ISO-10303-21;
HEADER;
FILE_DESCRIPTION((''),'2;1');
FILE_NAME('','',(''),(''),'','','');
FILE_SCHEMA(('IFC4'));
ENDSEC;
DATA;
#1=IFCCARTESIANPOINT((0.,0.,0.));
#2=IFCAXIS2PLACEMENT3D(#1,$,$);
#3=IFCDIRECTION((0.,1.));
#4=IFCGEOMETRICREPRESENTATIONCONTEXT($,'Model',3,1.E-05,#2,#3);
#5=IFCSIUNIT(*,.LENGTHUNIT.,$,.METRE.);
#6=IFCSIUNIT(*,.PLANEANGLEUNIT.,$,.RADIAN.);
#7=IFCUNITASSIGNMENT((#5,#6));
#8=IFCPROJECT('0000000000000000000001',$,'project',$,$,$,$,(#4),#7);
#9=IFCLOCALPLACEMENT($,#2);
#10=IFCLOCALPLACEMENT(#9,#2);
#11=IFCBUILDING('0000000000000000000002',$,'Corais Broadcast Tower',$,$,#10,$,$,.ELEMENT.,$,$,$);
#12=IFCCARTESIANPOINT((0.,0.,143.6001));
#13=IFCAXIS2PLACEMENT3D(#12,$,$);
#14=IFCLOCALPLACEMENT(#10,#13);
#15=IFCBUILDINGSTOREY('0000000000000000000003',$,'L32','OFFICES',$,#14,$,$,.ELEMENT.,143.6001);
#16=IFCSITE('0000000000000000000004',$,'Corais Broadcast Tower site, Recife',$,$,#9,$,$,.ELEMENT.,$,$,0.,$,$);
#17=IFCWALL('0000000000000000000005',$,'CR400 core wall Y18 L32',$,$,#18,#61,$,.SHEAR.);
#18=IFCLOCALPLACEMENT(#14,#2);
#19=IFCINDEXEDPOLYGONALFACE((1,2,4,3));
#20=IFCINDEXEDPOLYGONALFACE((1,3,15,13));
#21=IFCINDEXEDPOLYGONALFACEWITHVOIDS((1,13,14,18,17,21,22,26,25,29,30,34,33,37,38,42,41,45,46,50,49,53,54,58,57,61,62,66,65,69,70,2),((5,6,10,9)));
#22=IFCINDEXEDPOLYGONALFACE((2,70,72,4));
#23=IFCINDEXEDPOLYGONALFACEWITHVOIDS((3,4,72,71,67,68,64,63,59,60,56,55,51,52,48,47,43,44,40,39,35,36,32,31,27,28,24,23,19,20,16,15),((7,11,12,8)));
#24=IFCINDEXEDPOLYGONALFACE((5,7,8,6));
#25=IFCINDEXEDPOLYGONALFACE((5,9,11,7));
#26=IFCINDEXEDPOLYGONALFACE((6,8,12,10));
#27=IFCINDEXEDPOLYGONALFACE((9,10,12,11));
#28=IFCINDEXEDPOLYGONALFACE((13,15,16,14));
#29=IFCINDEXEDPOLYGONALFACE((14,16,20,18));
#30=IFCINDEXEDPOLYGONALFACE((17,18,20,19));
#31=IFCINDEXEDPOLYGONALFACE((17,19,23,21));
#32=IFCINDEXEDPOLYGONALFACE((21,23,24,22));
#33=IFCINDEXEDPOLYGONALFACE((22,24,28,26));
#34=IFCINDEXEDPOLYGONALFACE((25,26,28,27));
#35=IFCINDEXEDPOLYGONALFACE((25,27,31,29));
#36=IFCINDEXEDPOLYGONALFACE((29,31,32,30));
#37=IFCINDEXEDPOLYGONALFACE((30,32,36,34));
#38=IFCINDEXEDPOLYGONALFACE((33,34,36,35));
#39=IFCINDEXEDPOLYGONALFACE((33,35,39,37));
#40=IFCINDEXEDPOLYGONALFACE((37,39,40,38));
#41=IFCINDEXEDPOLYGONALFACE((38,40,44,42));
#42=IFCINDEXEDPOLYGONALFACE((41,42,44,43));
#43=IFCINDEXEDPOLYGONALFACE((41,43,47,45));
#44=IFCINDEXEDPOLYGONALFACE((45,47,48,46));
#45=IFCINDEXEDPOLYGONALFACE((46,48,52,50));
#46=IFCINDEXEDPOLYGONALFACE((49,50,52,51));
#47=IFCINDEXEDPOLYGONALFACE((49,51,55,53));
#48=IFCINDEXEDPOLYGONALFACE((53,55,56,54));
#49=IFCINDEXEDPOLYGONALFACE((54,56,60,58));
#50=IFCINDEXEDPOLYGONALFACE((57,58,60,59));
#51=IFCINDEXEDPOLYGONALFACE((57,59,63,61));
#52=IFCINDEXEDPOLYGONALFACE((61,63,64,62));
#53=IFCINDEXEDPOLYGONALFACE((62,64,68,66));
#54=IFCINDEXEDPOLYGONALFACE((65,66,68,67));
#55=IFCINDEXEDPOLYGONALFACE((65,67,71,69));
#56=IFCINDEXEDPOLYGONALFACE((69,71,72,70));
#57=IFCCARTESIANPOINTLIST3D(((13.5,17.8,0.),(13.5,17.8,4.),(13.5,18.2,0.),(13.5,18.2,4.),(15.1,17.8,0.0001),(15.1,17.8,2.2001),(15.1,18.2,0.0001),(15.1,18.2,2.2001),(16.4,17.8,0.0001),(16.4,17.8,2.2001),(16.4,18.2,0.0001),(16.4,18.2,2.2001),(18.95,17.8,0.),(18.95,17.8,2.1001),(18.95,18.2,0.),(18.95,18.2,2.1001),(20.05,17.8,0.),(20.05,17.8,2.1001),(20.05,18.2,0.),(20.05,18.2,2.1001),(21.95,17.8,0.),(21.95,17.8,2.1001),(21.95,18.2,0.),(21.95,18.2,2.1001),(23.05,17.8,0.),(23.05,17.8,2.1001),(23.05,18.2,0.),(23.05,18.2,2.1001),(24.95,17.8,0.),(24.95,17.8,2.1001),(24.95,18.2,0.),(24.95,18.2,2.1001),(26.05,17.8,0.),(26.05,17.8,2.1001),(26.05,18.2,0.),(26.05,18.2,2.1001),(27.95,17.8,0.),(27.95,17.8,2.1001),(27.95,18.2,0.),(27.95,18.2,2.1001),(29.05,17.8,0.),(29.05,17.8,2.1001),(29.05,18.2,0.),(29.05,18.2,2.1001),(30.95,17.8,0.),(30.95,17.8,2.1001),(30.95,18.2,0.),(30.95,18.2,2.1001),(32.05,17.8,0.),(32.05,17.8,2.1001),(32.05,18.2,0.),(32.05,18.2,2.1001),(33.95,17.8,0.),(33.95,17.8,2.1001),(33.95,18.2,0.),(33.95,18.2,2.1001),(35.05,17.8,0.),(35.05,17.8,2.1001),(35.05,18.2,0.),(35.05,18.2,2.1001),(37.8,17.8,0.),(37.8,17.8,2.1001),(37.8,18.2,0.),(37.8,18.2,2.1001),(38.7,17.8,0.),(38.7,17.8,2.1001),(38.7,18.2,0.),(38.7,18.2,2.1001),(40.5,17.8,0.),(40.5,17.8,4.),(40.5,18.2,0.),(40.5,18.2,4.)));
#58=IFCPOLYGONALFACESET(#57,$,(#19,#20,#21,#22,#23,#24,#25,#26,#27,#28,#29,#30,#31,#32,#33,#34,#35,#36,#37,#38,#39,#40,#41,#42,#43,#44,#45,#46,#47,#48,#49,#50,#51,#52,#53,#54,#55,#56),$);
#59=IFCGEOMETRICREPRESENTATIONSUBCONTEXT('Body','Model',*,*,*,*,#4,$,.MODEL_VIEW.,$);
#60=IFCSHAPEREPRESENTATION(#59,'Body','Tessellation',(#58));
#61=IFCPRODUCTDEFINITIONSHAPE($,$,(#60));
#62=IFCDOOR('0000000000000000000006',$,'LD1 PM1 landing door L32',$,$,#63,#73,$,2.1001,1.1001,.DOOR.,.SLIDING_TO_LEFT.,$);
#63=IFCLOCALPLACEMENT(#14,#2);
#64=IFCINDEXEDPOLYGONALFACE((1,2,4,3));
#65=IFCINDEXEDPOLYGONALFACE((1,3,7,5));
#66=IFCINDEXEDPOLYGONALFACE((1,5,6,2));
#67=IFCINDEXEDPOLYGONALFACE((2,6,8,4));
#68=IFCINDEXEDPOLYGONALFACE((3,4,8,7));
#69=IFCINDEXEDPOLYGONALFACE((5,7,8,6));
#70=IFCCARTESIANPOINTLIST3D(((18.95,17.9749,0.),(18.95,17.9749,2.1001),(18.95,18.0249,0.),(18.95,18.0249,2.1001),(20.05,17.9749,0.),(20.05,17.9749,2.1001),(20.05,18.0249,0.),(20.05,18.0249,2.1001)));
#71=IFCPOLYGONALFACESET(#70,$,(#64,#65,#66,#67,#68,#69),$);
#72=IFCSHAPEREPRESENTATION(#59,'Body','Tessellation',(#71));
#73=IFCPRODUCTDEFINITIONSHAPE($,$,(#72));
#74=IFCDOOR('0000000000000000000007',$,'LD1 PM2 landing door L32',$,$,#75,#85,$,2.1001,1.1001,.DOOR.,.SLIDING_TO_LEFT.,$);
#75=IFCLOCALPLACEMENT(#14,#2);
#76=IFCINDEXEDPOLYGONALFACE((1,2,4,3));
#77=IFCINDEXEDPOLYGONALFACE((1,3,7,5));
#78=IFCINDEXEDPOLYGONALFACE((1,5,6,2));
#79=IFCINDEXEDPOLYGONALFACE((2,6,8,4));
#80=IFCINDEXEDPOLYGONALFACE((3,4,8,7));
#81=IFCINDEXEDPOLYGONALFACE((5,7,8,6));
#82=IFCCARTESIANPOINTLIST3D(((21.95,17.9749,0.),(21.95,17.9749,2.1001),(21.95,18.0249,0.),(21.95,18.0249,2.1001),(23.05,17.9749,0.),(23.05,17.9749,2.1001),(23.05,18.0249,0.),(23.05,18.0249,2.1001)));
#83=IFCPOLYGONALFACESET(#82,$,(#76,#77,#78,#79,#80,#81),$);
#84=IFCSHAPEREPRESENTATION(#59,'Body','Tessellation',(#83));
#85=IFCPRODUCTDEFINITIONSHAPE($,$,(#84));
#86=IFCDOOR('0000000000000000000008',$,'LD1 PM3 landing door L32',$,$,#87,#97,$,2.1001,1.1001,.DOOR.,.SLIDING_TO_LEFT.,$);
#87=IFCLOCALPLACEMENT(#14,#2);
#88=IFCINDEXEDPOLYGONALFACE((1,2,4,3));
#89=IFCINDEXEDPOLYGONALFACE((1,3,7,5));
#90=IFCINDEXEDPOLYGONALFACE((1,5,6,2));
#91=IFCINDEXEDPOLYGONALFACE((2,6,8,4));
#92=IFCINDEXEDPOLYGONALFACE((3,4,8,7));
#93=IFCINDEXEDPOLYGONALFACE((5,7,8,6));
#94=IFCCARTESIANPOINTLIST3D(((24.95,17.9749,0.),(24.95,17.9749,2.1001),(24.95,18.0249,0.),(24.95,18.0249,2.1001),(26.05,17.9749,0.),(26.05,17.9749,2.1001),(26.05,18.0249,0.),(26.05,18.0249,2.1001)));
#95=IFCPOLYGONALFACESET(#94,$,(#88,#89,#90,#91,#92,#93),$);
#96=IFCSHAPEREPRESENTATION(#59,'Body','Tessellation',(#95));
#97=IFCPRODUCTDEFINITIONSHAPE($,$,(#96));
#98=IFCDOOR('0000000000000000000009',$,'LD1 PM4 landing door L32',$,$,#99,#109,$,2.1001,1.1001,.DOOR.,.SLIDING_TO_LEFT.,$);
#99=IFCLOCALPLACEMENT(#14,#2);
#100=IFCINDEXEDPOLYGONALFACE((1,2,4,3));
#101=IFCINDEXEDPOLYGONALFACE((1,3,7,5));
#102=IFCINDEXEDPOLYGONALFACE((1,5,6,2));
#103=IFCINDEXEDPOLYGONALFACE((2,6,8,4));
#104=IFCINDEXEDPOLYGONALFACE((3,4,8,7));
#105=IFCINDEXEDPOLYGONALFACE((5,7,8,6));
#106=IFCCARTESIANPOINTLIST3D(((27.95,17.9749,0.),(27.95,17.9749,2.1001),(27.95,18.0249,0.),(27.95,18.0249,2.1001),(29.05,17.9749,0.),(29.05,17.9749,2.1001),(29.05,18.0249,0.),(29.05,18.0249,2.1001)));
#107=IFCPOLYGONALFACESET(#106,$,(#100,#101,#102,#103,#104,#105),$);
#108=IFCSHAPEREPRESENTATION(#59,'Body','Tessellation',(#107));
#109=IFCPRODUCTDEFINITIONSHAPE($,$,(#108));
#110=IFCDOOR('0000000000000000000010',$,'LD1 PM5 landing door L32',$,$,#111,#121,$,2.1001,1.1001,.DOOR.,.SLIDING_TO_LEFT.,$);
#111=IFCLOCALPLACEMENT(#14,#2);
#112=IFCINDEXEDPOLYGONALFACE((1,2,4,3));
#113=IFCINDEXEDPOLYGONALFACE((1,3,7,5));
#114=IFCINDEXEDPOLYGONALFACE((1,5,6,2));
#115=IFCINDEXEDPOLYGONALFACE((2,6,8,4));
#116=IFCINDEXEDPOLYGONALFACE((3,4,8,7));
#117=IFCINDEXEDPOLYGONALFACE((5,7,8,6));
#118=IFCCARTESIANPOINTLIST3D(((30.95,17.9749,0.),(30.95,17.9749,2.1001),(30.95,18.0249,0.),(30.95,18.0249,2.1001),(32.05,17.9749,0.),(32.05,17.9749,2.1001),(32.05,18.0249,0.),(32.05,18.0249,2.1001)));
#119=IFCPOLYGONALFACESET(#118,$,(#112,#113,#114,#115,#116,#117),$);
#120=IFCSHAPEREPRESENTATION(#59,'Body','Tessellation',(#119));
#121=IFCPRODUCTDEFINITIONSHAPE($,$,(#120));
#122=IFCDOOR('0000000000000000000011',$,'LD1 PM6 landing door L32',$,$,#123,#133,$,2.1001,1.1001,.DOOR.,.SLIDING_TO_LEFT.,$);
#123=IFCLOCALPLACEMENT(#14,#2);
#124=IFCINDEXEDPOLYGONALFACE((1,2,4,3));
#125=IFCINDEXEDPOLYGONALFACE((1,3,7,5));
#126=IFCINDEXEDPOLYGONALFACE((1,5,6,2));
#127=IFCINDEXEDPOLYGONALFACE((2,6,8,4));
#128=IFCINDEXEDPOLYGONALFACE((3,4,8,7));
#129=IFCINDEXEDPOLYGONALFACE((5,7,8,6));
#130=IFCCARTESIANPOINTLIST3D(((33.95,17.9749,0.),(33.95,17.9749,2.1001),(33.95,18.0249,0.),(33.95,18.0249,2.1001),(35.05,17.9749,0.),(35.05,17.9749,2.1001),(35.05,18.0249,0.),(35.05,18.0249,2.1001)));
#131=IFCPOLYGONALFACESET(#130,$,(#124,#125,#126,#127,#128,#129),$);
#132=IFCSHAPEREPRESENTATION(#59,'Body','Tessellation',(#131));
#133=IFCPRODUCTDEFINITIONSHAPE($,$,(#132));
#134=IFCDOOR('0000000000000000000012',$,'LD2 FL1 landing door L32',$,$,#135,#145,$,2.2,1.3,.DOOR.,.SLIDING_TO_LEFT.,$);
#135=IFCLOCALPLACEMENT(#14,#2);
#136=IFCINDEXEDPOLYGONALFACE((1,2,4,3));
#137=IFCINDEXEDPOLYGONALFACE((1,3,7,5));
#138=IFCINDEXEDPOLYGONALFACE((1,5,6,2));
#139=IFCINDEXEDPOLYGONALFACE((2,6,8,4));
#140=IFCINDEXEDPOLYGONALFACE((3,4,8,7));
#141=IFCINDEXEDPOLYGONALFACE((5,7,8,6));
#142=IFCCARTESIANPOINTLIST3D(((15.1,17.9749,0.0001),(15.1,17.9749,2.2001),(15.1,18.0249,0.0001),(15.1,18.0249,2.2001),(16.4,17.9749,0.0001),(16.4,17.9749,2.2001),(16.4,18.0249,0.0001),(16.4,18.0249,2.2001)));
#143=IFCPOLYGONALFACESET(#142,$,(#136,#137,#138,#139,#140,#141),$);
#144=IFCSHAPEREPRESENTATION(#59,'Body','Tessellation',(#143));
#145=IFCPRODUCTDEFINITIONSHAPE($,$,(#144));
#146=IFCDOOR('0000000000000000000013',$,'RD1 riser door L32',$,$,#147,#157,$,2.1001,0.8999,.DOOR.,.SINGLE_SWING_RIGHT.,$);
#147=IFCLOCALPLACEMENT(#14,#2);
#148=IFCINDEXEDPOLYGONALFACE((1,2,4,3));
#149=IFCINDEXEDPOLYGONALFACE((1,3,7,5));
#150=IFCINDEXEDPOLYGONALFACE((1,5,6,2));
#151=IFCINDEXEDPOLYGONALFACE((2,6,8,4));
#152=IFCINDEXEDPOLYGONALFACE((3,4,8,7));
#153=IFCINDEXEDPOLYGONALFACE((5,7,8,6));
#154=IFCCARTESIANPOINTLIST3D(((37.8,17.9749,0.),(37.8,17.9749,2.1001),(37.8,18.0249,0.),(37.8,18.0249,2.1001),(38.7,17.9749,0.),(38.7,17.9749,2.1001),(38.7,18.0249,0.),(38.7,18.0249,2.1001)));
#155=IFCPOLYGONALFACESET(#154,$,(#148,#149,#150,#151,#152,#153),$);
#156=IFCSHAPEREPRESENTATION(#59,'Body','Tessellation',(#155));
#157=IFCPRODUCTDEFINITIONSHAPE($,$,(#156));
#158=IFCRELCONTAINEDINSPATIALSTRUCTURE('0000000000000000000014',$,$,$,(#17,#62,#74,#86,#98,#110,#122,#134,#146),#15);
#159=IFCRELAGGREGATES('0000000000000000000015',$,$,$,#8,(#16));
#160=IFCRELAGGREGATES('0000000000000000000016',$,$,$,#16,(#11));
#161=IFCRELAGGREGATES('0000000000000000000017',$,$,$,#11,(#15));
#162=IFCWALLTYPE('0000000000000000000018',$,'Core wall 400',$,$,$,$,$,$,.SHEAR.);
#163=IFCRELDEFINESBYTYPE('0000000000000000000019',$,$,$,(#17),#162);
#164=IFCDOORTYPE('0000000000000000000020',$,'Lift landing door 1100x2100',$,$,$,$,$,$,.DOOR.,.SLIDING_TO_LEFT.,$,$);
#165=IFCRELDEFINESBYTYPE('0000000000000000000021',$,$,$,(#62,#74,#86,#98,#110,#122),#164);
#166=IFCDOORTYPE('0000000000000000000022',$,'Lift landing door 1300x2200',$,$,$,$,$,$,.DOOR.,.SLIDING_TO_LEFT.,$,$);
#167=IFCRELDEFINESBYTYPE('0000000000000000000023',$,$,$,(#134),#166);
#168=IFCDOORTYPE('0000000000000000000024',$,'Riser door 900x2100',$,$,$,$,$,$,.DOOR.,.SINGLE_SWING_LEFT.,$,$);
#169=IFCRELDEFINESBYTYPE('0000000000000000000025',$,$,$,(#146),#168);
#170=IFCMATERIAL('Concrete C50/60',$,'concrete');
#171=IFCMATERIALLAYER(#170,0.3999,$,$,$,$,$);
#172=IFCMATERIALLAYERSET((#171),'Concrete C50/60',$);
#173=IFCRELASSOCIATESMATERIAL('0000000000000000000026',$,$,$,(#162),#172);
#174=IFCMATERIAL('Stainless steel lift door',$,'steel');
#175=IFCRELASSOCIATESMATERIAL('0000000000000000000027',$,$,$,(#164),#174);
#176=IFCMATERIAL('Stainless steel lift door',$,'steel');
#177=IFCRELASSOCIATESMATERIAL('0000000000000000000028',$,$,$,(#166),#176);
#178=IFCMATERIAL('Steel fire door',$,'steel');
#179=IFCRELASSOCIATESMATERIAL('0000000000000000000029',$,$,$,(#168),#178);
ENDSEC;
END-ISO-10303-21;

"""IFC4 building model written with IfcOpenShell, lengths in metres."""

from ifc_helpers import new_model, si_unit, direction, frame, frame_2d, origin, place, context, subcontext, project, spatial, rectangle, extrude, material, layer, layer_set, type_object, element, fill, save


model = new_model("IFC4")

# Units and contexts
model_context = context("Model", 3, precision=1e-05, world=origin(), true_north=direction((0.0, 1.0)))
body_context = subcontext(model_context, "Body", "Model", "MODEL_VIEW")
ifc_project = project(units=[si_unit("LENGTHUNIT", "METRE"), si_unit("PLANEANGLEUNIT", "RADIAN")], contexts=[model_context])

# Site, building, storey
site_placement = place(None, origin())
site = spatial("IfcSite", under=ifc_project, at=site_placement, Name="Corais Broadcast Tower site, Recife", CompositionType="ELEMENT", RefElevation=0.0)
building_placement = place(site_placement, origin())
building = spatial("IfcBuilding", under=site, at=building_placement, Name="Corais Broadcast Tower", CompositionType="ELEMENT")
storey_placement = place(building_placement, frame((0.0, 0.0, 143.6001)))
storey = spatial("IfcBuildingStorey", under=building, at=storey_placement, Name="L32", Description="OFFICES", CompositionType="ELEMENT", Elevation=143.6001)

# Shared definitions
ifc_material_1 = material(Name="Concrete C50/60", Category="concrete")
ifc_layer_1 = layer(ifc_material_1, 0.3999)
ifc_layer_set_1 = layer_set([ifc_layer_1], Name="Concrete C50/60")
wall_type_1 = type_object("IfcWallType", Name="Core wall 400", PredefinedType="SHEAR", material=ifc_layer_set_1)

# Wall, openings, doors
wall_1_placement = place(storey_placement, frame((13.5, 18.0, 0.0), z_axis=(0.0, 0.0, 1.0), x_axis=(1.0, 0.0, 0.0)))
wall_1 = element("IfcWall", 1, at=wall_1_placement, inside=storey, type_object=wall_type_1, Name="CR400 core wall Y18 L32", PredefinedType="SHEAR", context=body_context, shape_type="SweptSolid", body=[
    extrude(rectangle(XDim=27.0, YDim=0.3999, at=frame_2d((13.5, 0.0))), origin(), (0.0, 0.0, 1.0), 4.0),
])
opening_1_placement = place(wall_1_placement, frame((24.3, 0.0, 0.0)))
opening_1 = element("IfcOpeningElement", 2, at=opening_1_placement, cuts=wall_1, PredefinedType="OPENING", context=body_context, shape_type="SweptSolid", body=[
    extrude(rectangle(XDim=0.8999, YDim=2.1001, at=frame_2d((0.45, 1.05))), frame((0.0, 0.21, 0.0), z_axis=(0.0, -1.0, 0.0), x_axis=(1.0, 0.0, 0.0)), (0.0, 0.0, 1.0), 0.4199),
])
opening_2_placement = place(wall_1_placement, frame((5.45, 0.0, 0.0)))
opening_2 = element("IfcOpeningElement", 3, at=opening_2_placement, cuts=wall_1, PredefinedType="OPENING", context=body_context, shape_type="SweptSolid", body=[
    extrude(rectangle(XDim=1.1001, YDim=2.1001, at=frame_2d((0.55, 1.05))), frame((0.0, 0.21, 0.0), z_axis=(0.0, -1.0, 0.0), x_axis=(1.0, 0.0, 0.0)), (0.0, 0.0, 1.0), 0.4199),
])
opening_3_placement = place(wall_1_placement, frame((8.45, 0.0, 0.0)))
opening_3 = element("IfcOpeningElement", 4, at=opening_3_placement, cuts=wall_1, PredefinedType="OPENING", context=body_context, shape_type="SweptSolid", body=[
    extrude(rectangle(XDim=1.1001, YDim=2.1001, at=frame_2d((0.55, 1.05))), frame((0.0, 0.21, 0.0), z_axis=(0.0, -1.0, 0.0), x_axis=(1.0, 0.0, 0.0)), (0.0, 0.0, 1.0), 0.4199),
])
opening_4_placement = place(wall_1_placement, frame((11.45, 0.0, 0.0)))
opening_4 = element("IfcOpeningElement", 5, at=opening_4_placement, cuts=wall_1, PredefinedType="OPENING", context=body_context, shape_type="SweptSolid", body=[
    extrude(rectangle(XDim=1.1001, YDim=2.1001, at=frame_2d((0.55, 1.05))), frame((0.0, 0.21, 0.0), z_axis=(0.0, -1.0, 0.0), x_axis=(1.0, 0.0, 0.0)), (0.0, 0.0, 1.0), 0.4199),
])
opening_5_placement = place(wall_1_placement, frame((14.45, 0.0, 0.0)))
opening_5 = element("IfcOpeningElement", 6, at=opening_5_placement, cuts=wall_1, PredefinedType="OPENING", context=body_context, shape_type="SweptSolid", body=[
    extrude(rectangle(XDim=1.1001, YDim=2.1001, at=frame_2d((0.55, 1.05))), frame((0.0, 0.21, 0.0), z_axis=(0.0, -1.0, 0.0), x_axis=(1.0, 0.0, 0.0)), (0.0, 0.0, 1.0), 0.4199),
])
opening_6_placement = place(wall_1_placement, frame((17.45, 0.0, 0.0)))
opening_6 = element("IfcOpeningElement", 7, at=opening_6_placement, cuts=wall_1, PredefinedType="OPENING", context=body_context, shape_type="SweptSolid", body=[
    extrude(rectangle(XDim=1.1001, YDim=2.1001, at=frame_2d((0.55, 1.05))), frame((0.0, 0.21, 0.0), z_axis=(0.0, -1.0, 0.0), x_axis=(1.0, 0.0, 0.0)), (0.0, 0.0, 1.0), 0.4199),
])
opening_7_placement = place(wall_1_placement, frame((20.45, 0.0, 0.0)))
opening_7 = element("IfcOpeningElement", 8, at=opening_7_placement, cuts=wall_1, PredefinedType="OPENING", context=body_context, shape_type="SweptSolid", body=[
    extrude(rectangle(XDim=1.1001, YDim=2.1001, at=frame_2d((0.55, 1.05))), frame((0.0, 0.21, 0.0), z_axis=(0.0, -1.0, 0.0), x_axis=(1.0, 0.0, 0.0)), (0.0, 0.0, 1.0), 0.4199),
])
opening_8_placement = place(wall_1_placement, frame((1.6001, 0.0, 0.0)))
opening_8 = element("IfcOpeningElement", 9, at=opening_8_placement, cuts=wall_1, PredefinedType="OPENING", context=body_context, shape_type="SweptSolid", body=[
    extrude(rectangle(XDim=1.3, YDim=2.2, at=frame_2d((0.6499, 1.1001))), frame((0.0, 0.21, 0.0), z_axis=(0.0, -1.0, 0.0), x_axis=(1.0, 0.0, 0.0)), (0.0, 0.0, 1.0), 0.4199),
])
ifc_material_2 = material(Name="Stainless steel lift door", Category="steel")
door_type_1 = type_object("IfcDoorType", Name="Lift landing door 1100x2100", OperationType="SLIDING_TO_LEFT", PredefinedType="DOOR", material=ifc_material_2)
door_1_placement = place(opening_2_placement, origin())
door_1 = element("IfcDoor", 10, at=door_1_placement, inside=storey, type_object=door_type_1, Name="LD1 PM1 landing door L32", OperationType="SLIDING_TO_LEFT", OverallHeight=2.1001, OverallWidth=1.1001, PredefinedType="DOOR", context=body_context, shape_type="SweptSolid", body=[
    extrude(rectangle(XDim=1.1001, YDim=2.1001, at=frame_2d((0.55, 1.05))), frame((0.0, 0.0249, 0.0), z_axis=(0.0, -1.0, 0.0), x_axis=(1.0, 0.0, 0.0)), (0.0, 0.0, 1.0), 0.05),
])
fill(opening_2, door_1)
door_2_placement = place(opening_3_placement, origin())
door_2 = element("IfcDoor", 11, at=door_2_placement, inside=storey, type_object=door_type_1, Name="LD1 PM2 landing door L32", OperationType="SLIDING_TO_LEFT", OverallHeight=2.1001, OverallWidth=1.1001, PredefinedType="DOOR", context=body_context, shape_type="SweptSolid", body=[
    extrude(rectangle(XDim=1.1001, YDim=2.1001, at=frame_2d((0.55, 1.05))), frame((0.0, 0.0249, 0.0), z_axis=(0.0, -1.0, 0.0), x_axis=(1.0, 0.0, 0.0)), (0.0, 0.0, 1.0), 0.05),
])
fill(opening_3, door_2)
door_3_placement = place(opening_4_placement, origin())
door_3 = element("IfcDoor", 12, at=door_3_placement, inside=storey, type_object=door_type_1, Name="LD1 PM3 landing door L32", OperationType="SLIDING_TO_LEFT", OverallHeight=2.1001, OverallWidth=1.1001, PredefinedType="DOOR", context=body_context, shape_type="SweptSolid", body=[
    extrude(rectangle(XDim=1.1001, YDim=2.1001, at=frame_2d((0.55, 1.05))), frame((0.0, 0.0249, 0.0), z_axis=(0.0, -1.0, 0.0), x_axis=(1.0, 0.0, 0.0)), (0.0, 0.0, 1.0), 0.05),
])
fill(opening_4, door_3)
door_4_placement = place(opening_5_placement, origin())
door_4 = element("IfcDoor", 13, at=door_4_placement, inside=storey, type_object=door_type_1, Name="LD1 PM4 landing door L32", OperationType="SLIDING_TO_LEFT", OverallHeight=2.1001, OverallWidth=1.1001, PredefinedType="DOOR", context=body_context, shape_type="SweptSolid", body=[
    extrude(rectangle(XDim=1.1001, YDim=2.1001, at=frame_2d((0.55, 1.05))), frame((0.0, 0.0249, 0.0), z_axis=(0.0, -1.0, 0.0), x_axis=(1.0, 0.0, 0.0)), (0.0, 0.0, 1.0), 0.05),
])
fill(opening_5, door_4)
door_5_placement = place(opening_6_placement, origin())
door_5 = element("IfcDoor", 14, at=door_5_placement, inside=storey, type_object=door_type_1, Name="LD1 PM5 landing door L32", OperationType="SLIDING_TO_LEFT", OverallHeight=2.1001, OverallWidth=1.1001, PredefinedType="DOOR", context=body_context, shape_type="SweptSolid", body=[
    extrude(rectangle(XDim=1.1001, YDim=2.1001, at=frame_2d((0.55, 1.05))), frame((0.0, 0.0249, 0.0), z_axis=(0.0, -1.0, 0.0), x_axis=(1.0, 0.0, 0.0)), (0.0, 0.0, 1.0), 0.05),
])
fill(opening_6, door_5)
door_6_placement = place(opening_7_placement, origin())
door_6 = element("IfcDoor", 15, at=door_6_placement, inside=storey, type_object=door_type_1, Name="LD1 PM6 landing door L32", OperationType="SLIDING_TO_LEFT", OverallHeight=2.1001, OverallWidth=1.1001, PredefinedType="DOOR", context=body_context, shape_type="SweptSolid", body=[
    extrude(rectangle(XDim=1.1001, YDim=2.1001, at=frame_2d((0.55, 1.05))), frame((0.0, 0.0249, 0.0), z_axis=(0.0, -1.0, 0.0), x_axis=(1.0, 0.0, 0.0)), (0.0, 0.0, 1.0), 0.05),
])
fill(opening_7, door_6)
ifc_material_3 = material(Name="Stainless steel lift door", Category="steel")
door_type_2 = type_object("IfcDoorType", Name="Lift landing door 1300x2200", OperationType="SLIDING_TO_LEFT", PredefinedType="DOOR", material=ifc_material_3)
door_7_placement = place(opening_8_placement, origin())
door_7 = element("IfcDoor", 16, at=door_7_placement, inside=storey, type_object=door_type_2, Name="LD2 FL1 landing door L32", OperationType="SLIDING_TO_LEFT", OverallHeight=2.2, OverallWidth=1.3, PredefinedType="DOOR", context=body_context, shape_type="SweptSolid", body=[
    extrude(rectangle(XDim=1.3, YDim=2.2, at=frame_2d((0.6499, 1.1001))), frame((0.0, 0.0249, 0.0), z_axis=(0.0, -1.0, 0.0), x_axis=(1.0, 0.0, 0.0)), (0.0, 0.0, 1.0), 0.05),
])
fill(opening_8, door_7)
ifc_material_4 = material(Name="Steel fire door", Category="steel")
door_type_3 = type_object("IfcDoorType", Name="Riser door 900x2100", OperationType="SINGLE_SWING_LEFT", PredefinedType="DOOR", material=ifc_material_4)
door_8_placement = place(opening_1_placement, origin())
door_8 = element("IfcDoor", 17, at=door_8_placement, inside=storey, type_object=door_type_3, Name="RD1 riser door L32", OperationType="SINGLE_SWING_RIGHT", OverallHeight=2.1001, OverallWidth=0.8999, PredefinedType="DOOR", context=body_context, shape_type="SweptSolid", body=[
    extrude(rectangle(XDim=0.8999, YDim=2.1001, at=frame_2d((0.45, 1.05))), frame((0.0, 0.0249, 0.0), z_axis=(0.0, -1.0, 0.0), x_axis=(1.0, 0.0, 0.0)), (0.0, 0.0, 1.0), 0.05),
])
fill(opening_1, door_8)

save(model, "model.ifc")
